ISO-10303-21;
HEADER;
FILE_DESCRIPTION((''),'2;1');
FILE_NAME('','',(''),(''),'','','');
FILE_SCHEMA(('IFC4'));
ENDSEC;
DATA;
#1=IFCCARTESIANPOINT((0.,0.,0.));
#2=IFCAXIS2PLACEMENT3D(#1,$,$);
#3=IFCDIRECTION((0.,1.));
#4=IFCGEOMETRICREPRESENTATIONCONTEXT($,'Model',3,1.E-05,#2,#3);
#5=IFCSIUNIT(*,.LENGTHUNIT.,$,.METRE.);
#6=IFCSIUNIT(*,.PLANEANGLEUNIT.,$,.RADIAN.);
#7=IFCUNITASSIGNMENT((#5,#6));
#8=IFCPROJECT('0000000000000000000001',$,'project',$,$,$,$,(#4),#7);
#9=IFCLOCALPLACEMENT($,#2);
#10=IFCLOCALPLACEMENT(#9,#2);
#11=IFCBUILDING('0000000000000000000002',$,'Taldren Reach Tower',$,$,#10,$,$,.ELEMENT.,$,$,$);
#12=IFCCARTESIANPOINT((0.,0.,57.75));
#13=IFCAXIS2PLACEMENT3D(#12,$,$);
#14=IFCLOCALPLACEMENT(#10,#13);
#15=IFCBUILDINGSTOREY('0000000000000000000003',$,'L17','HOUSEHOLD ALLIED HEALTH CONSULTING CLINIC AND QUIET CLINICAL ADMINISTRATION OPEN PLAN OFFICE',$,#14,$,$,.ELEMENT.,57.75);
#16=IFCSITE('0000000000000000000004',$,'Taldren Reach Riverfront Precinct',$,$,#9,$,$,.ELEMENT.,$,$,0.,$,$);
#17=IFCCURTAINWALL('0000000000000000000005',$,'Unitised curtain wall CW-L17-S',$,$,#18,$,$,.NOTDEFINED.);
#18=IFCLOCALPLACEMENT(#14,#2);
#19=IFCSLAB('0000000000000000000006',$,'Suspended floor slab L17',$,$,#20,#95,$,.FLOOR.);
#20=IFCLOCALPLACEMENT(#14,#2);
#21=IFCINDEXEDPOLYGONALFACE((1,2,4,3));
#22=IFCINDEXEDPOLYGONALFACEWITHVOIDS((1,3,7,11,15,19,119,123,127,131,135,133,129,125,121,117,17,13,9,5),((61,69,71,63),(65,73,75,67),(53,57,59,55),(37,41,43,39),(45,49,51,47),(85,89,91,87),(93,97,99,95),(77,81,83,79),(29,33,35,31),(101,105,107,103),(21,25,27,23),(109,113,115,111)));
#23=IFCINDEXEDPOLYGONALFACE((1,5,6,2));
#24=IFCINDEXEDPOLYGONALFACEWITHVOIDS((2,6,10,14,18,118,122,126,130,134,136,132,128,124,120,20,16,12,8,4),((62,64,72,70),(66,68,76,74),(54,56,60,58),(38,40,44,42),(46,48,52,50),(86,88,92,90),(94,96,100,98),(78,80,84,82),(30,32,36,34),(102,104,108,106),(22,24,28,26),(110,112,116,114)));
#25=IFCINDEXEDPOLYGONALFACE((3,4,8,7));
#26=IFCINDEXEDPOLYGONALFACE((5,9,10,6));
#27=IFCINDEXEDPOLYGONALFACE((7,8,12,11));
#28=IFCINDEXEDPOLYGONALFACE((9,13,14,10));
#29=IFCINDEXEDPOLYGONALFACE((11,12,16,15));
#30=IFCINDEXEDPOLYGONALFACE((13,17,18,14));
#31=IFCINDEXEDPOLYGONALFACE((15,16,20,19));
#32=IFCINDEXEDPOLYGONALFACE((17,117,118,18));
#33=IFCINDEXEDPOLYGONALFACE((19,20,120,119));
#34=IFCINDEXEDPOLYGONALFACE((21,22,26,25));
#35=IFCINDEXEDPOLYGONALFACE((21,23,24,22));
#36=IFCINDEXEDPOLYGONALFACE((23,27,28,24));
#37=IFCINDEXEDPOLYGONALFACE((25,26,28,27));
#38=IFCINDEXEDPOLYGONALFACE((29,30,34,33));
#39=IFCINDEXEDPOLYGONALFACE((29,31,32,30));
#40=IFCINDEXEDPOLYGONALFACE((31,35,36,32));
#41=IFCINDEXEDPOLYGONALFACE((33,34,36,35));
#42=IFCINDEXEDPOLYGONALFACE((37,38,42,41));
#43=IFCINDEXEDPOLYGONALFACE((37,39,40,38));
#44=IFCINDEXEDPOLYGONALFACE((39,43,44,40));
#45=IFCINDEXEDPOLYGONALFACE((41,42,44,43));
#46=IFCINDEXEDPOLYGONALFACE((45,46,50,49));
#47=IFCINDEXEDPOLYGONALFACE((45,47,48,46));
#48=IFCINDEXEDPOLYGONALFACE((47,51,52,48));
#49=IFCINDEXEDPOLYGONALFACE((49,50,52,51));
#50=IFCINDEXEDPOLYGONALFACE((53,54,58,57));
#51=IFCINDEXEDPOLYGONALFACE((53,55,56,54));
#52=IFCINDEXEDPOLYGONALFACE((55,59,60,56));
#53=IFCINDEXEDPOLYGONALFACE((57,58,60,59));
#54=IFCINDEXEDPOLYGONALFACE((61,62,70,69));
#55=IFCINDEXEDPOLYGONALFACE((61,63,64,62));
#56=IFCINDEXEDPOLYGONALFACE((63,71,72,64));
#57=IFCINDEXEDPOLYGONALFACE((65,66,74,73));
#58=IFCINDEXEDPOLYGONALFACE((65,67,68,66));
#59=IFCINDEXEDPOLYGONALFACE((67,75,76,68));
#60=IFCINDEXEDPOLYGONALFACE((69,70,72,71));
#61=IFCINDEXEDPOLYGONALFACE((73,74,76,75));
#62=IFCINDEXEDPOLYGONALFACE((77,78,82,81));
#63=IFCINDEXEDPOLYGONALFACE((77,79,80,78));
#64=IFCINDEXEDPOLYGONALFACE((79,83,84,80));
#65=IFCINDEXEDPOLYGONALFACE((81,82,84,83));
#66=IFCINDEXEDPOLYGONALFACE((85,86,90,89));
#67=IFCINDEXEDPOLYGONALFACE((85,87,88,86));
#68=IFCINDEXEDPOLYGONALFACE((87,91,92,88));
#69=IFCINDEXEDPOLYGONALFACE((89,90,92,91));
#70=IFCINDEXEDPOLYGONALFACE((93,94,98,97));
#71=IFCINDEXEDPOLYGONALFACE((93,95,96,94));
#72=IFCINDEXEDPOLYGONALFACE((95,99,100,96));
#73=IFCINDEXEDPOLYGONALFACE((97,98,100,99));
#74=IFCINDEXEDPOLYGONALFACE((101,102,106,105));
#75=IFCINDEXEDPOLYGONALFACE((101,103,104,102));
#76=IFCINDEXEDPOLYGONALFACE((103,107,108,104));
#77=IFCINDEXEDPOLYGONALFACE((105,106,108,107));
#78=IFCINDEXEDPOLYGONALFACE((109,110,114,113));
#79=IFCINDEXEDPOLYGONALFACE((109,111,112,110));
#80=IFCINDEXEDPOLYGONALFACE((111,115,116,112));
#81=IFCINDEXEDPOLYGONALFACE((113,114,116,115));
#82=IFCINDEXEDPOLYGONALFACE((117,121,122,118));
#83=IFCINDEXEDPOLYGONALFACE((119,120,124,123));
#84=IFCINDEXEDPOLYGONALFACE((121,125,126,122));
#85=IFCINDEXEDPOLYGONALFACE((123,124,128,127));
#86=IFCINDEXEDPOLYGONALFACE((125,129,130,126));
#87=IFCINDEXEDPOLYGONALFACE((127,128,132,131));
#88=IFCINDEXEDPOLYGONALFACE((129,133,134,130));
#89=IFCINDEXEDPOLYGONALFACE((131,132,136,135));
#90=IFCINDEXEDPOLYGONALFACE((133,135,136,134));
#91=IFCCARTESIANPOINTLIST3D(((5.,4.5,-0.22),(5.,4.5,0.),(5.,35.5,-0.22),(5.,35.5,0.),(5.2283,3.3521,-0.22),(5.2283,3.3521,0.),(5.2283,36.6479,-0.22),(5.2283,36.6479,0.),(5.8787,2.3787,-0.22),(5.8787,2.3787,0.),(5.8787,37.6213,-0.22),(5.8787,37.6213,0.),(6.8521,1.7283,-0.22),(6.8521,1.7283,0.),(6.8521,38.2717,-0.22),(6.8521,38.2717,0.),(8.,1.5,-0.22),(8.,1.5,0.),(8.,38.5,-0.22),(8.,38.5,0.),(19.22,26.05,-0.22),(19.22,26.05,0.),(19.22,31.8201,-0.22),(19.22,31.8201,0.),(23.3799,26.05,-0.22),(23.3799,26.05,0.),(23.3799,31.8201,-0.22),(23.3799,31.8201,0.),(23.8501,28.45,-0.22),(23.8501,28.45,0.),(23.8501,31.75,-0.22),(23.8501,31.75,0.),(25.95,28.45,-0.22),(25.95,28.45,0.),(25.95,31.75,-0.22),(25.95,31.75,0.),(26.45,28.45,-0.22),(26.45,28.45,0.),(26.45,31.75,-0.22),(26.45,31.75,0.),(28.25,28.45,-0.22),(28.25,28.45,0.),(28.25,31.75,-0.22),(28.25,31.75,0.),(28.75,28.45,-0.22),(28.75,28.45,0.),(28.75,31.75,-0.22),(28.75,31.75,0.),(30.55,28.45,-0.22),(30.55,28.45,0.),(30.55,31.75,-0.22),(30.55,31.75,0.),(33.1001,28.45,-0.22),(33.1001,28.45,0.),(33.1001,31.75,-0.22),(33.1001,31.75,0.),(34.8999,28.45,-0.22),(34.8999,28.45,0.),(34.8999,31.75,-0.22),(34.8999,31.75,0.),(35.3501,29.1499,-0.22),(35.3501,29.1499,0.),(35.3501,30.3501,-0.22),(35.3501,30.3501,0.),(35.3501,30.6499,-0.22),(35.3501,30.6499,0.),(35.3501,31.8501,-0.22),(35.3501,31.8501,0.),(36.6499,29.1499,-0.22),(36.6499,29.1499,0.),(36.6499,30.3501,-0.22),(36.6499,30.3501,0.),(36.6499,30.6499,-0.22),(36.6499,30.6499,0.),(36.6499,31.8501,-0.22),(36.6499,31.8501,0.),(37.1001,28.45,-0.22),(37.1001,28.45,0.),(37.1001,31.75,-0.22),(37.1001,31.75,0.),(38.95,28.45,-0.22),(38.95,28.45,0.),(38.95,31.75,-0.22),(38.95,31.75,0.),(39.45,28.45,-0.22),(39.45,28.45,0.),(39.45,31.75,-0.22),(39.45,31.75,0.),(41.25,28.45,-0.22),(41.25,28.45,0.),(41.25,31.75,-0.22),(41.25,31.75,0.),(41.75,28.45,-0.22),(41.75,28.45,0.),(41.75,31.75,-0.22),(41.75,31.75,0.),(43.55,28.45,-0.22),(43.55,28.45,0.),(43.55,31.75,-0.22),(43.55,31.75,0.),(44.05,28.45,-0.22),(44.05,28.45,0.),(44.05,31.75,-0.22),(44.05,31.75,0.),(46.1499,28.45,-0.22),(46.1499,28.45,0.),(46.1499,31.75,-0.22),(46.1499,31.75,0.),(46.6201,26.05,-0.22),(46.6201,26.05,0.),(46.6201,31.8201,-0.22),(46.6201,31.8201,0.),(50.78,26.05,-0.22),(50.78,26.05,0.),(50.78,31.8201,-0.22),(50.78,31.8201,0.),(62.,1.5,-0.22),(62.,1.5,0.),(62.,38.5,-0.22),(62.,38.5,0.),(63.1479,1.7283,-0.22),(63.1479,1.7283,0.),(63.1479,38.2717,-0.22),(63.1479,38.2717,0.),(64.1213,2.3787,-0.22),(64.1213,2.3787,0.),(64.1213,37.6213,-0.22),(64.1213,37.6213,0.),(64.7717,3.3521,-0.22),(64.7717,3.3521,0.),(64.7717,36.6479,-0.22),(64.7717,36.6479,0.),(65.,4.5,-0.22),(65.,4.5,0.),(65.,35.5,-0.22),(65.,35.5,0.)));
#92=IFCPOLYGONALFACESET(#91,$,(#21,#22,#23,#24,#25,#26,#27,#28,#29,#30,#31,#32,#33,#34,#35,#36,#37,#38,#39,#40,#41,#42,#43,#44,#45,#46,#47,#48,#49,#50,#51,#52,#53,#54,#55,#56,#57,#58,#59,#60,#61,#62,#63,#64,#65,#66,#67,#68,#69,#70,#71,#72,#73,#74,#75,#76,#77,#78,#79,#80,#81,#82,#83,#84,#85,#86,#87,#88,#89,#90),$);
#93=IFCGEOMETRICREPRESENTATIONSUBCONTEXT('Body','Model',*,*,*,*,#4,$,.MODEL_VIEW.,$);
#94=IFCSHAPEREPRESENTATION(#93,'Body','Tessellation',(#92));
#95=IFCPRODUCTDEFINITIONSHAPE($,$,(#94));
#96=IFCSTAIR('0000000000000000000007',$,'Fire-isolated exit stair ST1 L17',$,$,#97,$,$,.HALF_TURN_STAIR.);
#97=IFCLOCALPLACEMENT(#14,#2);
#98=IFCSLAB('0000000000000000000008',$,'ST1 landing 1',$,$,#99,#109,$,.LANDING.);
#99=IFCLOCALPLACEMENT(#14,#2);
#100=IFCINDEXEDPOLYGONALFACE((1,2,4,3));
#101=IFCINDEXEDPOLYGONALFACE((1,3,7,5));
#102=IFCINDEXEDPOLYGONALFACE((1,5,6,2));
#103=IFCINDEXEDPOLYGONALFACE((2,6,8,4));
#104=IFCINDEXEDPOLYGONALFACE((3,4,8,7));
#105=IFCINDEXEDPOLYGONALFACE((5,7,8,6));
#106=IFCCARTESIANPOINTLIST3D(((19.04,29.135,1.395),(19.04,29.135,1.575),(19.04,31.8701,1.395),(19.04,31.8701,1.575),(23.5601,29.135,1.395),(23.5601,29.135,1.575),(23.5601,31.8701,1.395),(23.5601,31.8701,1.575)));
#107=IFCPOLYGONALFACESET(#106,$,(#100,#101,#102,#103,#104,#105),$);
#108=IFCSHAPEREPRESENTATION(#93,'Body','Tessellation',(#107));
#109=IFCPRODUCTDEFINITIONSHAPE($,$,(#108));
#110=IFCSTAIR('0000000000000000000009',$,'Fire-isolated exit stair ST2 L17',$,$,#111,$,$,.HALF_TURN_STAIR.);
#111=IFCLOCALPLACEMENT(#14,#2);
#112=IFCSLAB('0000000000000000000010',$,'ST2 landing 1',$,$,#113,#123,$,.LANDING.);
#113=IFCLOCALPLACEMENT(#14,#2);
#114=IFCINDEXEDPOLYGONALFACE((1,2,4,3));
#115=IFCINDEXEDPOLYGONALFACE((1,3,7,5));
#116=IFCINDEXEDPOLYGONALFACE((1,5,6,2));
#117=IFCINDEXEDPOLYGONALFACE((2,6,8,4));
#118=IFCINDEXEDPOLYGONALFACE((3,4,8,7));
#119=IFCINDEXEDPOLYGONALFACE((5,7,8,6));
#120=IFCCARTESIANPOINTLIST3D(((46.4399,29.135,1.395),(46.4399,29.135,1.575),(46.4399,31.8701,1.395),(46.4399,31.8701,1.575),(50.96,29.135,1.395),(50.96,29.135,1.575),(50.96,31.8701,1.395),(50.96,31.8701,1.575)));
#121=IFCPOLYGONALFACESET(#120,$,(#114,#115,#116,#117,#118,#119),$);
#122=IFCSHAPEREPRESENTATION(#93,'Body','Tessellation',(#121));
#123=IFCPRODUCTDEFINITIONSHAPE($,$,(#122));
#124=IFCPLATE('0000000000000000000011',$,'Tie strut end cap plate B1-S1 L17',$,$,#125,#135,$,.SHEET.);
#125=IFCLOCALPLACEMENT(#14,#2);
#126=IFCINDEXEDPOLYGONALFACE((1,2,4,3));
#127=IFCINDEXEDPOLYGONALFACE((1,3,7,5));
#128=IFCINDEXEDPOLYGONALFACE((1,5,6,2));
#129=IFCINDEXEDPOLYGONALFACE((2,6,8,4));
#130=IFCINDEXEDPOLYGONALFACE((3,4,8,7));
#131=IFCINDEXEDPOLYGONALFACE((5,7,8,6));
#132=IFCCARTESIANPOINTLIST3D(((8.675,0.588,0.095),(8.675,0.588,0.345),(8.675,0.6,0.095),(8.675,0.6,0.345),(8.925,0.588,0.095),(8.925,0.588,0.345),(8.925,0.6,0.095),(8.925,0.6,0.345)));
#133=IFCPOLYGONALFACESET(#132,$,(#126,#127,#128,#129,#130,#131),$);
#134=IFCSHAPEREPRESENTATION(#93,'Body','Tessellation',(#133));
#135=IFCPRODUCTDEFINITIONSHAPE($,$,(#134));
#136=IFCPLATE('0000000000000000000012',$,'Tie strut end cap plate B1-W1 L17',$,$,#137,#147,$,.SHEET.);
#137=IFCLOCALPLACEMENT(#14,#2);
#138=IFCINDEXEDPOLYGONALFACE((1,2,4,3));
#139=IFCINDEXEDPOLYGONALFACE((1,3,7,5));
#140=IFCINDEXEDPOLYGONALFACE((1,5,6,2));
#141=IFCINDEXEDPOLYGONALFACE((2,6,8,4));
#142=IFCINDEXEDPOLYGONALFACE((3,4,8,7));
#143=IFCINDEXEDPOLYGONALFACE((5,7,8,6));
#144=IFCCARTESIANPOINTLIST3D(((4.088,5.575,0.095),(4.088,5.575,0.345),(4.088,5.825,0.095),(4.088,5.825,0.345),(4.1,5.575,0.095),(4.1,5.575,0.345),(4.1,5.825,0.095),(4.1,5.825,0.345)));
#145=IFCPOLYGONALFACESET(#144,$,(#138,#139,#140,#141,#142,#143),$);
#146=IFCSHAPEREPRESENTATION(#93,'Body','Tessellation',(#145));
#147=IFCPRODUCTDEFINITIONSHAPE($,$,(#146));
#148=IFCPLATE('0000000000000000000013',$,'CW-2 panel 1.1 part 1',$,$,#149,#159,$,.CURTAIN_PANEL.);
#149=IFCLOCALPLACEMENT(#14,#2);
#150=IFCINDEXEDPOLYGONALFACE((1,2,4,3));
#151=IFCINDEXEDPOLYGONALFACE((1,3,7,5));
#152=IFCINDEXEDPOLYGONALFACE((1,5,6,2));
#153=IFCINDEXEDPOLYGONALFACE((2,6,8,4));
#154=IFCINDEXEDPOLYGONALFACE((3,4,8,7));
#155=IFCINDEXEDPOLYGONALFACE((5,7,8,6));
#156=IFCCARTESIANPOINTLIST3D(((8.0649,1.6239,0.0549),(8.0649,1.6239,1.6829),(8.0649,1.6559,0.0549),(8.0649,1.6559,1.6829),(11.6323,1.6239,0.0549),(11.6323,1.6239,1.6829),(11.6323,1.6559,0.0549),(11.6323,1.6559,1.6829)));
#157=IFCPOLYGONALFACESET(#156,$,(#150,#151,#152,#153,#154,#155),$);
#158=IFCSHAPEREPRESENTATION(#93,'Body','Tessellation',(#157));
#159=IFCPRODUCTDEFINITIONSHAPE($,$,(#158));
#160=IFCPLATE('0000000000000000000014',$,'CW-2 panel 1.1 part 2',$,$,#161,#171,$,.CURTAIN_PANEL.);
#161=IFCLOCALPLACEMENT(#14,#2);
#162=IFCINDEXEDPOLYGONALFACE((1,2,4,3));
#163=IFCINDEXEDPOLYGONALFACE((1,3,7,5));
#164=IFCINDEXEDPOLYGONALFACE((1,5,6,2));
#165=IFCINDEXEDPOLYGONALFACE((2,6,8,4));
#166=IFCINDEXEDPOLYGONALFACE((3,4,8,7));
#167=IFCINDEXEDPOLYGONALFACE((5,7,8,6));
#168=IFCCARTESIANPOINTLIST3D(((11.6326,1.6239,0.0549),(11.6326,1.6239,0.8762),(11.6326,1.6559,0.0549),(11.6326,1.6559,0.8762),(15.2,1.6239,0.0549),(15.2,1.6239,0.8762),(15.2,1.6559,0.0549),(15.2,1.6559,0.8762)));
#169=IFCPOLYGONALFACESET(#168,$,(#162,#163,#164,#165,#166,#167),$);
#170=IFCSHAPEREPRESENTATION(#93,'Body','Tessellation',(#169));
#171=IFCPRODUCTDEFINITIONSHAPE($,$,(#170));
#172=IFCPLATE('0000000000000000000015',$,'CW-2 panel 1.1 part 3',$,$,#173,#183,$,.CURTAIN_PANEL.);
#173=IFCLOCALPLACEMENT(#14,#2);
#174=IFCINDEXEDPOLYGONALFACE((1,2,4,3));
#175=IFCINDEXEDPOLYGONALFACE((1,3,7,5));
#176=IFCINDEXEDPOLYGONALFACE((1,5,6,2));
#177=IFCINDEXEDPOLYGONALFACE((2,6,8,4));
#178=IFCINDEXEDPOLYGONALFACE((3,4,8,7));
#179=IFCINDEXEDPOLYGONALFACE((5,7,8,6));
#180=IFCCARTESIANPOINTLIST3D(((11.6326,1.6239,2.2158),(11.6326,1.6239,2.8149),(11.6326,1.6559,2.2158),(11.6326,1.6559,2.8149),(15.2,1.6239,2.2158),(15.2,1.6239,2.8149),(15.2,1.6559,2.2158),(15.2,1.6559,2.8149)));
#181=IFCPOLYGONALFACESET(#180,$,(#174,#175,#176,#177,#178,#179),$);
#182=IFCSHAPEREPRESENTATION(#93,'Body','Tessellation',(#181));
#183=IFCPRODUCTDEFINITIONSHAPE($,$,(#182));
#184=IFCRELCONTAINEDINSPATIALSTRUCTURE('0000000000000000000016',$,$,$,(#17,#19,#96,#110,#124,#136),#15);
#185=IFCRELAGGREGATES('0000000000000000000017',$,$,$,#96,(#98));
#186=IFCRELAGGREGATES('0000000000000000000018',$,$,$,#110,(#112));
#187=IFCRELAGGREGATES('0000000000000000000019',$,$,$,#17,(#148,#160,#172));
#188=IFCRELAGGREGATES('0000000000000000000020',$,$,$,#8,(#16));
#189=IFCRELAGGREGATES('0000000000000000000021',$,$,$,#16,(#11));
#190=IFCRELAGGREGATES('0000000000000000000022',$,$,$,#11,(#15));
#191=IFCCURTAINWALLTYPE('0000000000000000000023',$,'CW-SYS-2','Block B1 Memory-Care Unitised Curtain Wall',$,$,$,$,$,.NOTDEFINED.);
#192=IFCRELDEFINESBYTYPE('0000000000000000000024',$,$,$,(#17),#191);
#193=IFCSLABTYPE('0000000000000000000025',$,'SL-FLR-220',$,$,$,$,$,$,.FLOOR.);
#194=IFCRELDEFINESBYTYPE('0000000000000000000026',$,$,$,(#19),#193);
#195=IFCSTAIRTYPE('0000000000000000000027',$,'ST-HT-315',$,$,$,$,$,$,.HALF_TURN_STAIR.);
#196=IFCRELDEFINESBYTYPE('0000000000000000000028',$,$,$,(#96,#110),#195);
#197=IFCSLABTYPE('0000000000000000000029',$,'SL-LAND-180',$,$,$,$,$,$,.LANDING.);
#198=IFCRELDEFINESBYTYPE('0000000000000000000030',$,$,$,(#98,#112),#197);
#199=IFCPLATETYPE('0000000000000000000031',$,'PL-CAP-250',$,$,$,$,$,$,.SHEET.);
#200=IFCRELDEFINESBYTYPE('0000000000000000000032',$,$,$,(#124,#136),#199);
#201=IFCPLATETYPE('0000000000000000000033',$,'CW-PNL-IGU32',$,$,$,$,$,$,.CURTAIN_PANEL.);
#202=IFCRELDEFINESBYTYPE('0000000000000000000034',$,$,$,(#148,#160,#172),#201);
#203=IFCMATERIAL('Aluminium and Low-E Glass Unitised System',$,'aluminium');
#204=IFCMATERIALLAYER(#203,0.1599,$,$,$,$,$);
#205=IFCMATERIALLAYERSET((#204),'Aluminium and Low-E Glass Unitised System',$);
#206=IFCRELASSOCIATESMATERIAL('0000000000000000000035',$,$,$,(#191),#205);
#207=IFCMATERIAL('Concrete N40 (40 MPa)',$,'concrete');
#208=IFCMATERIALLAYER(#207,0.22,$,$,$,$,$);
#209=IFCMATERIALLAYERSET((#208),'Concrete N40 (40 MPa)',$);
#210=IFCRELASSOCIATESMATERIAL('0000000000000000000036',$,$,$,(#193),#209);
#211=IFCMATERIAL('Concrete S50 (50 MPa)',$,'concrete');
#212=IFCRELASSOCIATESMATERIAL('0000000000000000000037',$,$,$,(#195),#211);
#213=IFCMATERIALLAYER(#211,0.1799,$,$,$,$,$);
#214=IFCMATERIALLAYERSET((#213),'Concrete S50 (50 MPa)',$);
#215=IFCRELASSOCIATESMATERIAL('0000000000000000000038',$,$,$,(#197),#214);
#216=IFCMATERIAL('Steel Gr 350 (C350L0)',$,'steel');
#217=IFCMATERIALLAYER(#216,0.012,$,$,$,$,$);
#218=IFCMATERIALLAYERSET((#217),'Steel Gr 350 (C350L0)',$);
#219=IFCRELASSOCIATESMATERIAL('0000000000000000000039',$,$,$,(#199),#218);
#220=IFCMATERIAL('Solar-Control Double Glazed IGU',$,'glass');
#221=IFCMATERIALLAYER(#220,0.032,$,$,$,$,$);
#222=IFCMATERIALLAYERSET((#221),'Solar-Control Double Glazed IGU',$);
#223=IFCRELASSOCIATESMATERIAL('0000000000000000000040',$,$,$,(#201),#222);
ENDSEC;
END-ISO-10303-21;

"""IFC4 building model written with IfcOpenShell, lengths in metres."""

from ifc_helpers import new_model, si_unit, direction, frame, origin, origin_2d, place, context, subcontext, project, spatial, polyline, rectangle, outline, extrude, source, transform, mapped, material, layer, layer_set, type_object, element, aggregate, save


model = new_model("IFC4")

# Units and contexts
model_context = context("Model", 3, precision=1e-05, world=origin(), true_north=direction((0.0, 1.0)))
body_context = subcontext(model_context, "Body", "Model", "MODEL_VIEW")
ifc_project = project(units=[si_unit("LENGTHUNIT", "METRE"), si_unit("PLANEANGLEUNIT", "RADIAN")], contexts=[model_context])

# Site, building, storey
site_placement = place(None, origin())
site = spatial("IfcSite", under=ifc_project, at=site_placement, Name="Taldren Reach Riverfront Precinct", CompositionType="ELEMENT", RefElevation=0.0)
building_placement = place(site_placement, origin())
building = spatial("IfcBuilding", under=site, at=building_placement, Name="Taldren Reach Tower", CompositionType="ELEMENT")
storey_placement = place(building_placement, frame((0.0, 0.0, 57.75)))
storey = spatial("IfcBuildingStorey", under=building, at=storey_placement, Name="L17", Description="HOUSEHOLD ALLIED HEALTH CONSULTING CLINIC AND QUIET CLINICAL ADMINISTRATION OPEN PLAN OFFICE", CompositionType="ELEMENT", Elevation=57.75)

# Shared definitions
ifc_material_1 = material(Name="Steel Gr 350 (C350L0)", Category="steel")

# Curtain wall
ifc_material_2 = material(Name="Aluminium and Low-E Glass Unitised System", Category="aluminium")
ifc_layer_1 = layer(ifc_material_2, 0.1599)
ifc_layer_set_1 = layer_set([ifc_layer_1], Name="Aluminium and Low-E Glass Unitised System")
curtain_wall_type = type_object("IfcCurtainWallType", Name="CW-SYS-2", Description="Block B1 Memory-Care Unitised Curtain Wall", PredefinedType="NOTDEFINED", material=ifc_layer_set_1)
curtain_wall_1_placement = place(storey_placement, origin())
curtain_wall_1 = element("IfcCurtainWall", 1, at=curtain_wall_1_placement, inside=storey, type_object=curtain_wall_type, Name="Unitised curtain wall CW-L17-S", PredefinedType="NOTDEFINED")

# Slab
ifc_material_3 = material(Name="Concrete N40 (40 MPa)", Category="concrete")
ifc_layer_2 = layer(ifc_material_3, 0.22)
ifc_layer_set_2 = layer_set([ifc_layer_2], Name="Concrete N40 (40 MPa)")
slab_type_1 = type_object("IfcSlabType", Name="SL-FLR-220", PredefinedType="FLOOR", material=ifc_layer_set_2)
slab_1_placement = place(storey_placement, frame((0.0, 0.0, -0.22)))
element("IfcSlab", 2, at=slab_1_placement, inside=storey, type_object=slab_type_1, Name="Suspended floor slab L17", PredefinedType="FLOOR", context=body_context, shape_type="SweptSolid", body=[
    extrude(outline(polyline([(62.0, 1.5), (63.1479, 1.7283), (64.1213, 2.3787), (64.7717, 3.3521), (65.0, 4.5), (65.0, 35.5), (64.7717, 36.6479), (64.1213, 37.6213), (63.1479, 38.2717), (62.0, 38.5), (8.0, 38.5), (6.8521, 38.2717), (5.8787, 37.6213), (5.2283, 36.6479), (5.0, 35.5), (5.0, 4.5), (5.2283, 3.3521), (5.8787, 2.3787), (6.8521, 1.7283), (8.0, 1.5), (62.0, 1.5)]), holes=[polyline([(19.22, 26.05), (23.3799, 26.05), (23.3799, 31.8201), (19.22, 31.8201), (19.22, 26.05)]), polyline([(46.6201, 26.05), (50.78, 26.05), (50.78, 31.8201), (46.6201, 31.8201), (46.6201, 26.05)]), polyline([(23.8501, 28.45), (25.95, 28.45), (25.95, 31.75), (23.8501, 31.75), (23.8501, 28.45)]), polyline([(44.05, 28.45), (46.1499, 28.45), (46.1499, 31.75), (44.05, 31.75), (44.05, 28.45)]), polyline([(26.45, 28.45), (28.25, 28.45), (28.25, 31.75), (26.45, 31.75), (26.45, 28.45)]), polyline([(28.75, 28.45), (30.55, 28.45), (30.55, 31.75), (28.75, 31.75), (28.75, 28.45)]), polyline([(33.1001, 28.45), (34.8999, 28.45), (34.8999, 31.75), (33.1001, 31.75), (33.1001, 28.45)]), polyline([(37.1001, 28.45), (38.95, 28.45), (38.95, 31.75), (37.1001, 31.75), (37.1001, 28.45)]), polyline([(39.45, 28.45), (41.25, 28.45), (41.25, 31.75), (39.45, 31.75), (39.45, 28.45)]), polyline([(41.75, 28.45), (43.55, 28.45), (43.55, 31.75), (41.75, 31.75), (41.75, 28.45)]), polyline([(35.3501, 30.6499), (36.6499, 30.6499), (36.6499, 31.8501), (35.3501, 31.8501), (35.3501, 30.6499)]), polyline([(35.3501, 29.1499), (36.6499, 29.1499), (36.6499, 30.3501), (35.3501, 30.3501), (35.3501, 29.1499)])]), origin(), (0.0, 0.0, 1.0), 0.22),
])

# Stairs, slabs
ifc_material_4 = material(Name="Concrete S50 (50 MPa)", Category="concrete")
stair_type = type_object("IfcStairType", Name="ST-HT-315", PredefinedType="HALF_TURN_STAIR", material=ifc_material_4)
stair_1_placement = place(storey_placement, origin())
stair_1 = element("IfcStair", 3, at=stair_1_placement, inside=storey, type_object=stair_type, Name="Fire-isolated exit stair ST1 L17", PredefinedType="HALF_TURN_STAIR")
ifc_layer_3 = layer(ifc_material_4, 0.1799)
ifc_layer_set_3 = layer_set([ifc_layer_3], Name="Concrete S50 (50 MPa)")
slab_type_2 = type_object("IfcSlabType", Name="SL-LAND-180", PredefinedType="LANDING", material=ifc_layer_set_3)
slab_2_placement = place(storey_placement, frame((0.0, 0.0, 1.395)))
slab_2 = element("IfcSlab", 4, at=slab_2_placement, type_object=slab_type_2, Name="ST1 landing 1", PredefinedType="LANDING", context=body_context, shape_type="SweptSolid", body=[
    extrude(outline(polyline([(19.04, 29.135), (23.5601, 29.135), (23.5601, 31.8701), (19.04, 31.8701), (19.04, 29.135)])), origin(), (0.0, 0.0, 1.0), 0.1799),
])
aggregate(stair_1, [slab_2])
stair_2_placement = place(storey_placement, origin())
stair_2 = element("IfcStair", 5, at=stair_2_placement, inside=storey, type_object=stair_type, Name="Fire-isolated exit stair ST2 L17", PredefinedType="HALF_TURN_STAIR")
slab_3_placement = place(storey_placement, frame((0.0, 0.0, 1.395)))
slab_3 = element("IfcSlab", 6, at=slab_3_placement, type_object=slab_type_2, Name="ST2 landing 1", PredefinedType="LANDING", context=body_context, shape_type="SweptSolid", body=[
    extrude(outline(polyline([(46.4399, 29.135), (50.96, 29.135), (50.96, 31.8701), (46.4399, 31.8701), (46.4399, 29.135)])), origin(), (0.0, 0.0, 1.0), 0.1799),
])
aggregate(stair_2, [slab_3])

# Plates
ifc_layer_4 = layer(ifc_material_1, 0.012)
ifc_layer_set_4 = layer_set([ifc_layer_4], Name="Steel Gr 350 (C350L0)")
plate_type_1 = type_object("IfcPlateType", Name="PL-CAP-250", PredefinedType="SHEET", material=ifc_layer_set_4)
shared_shape_1 = source(origin(), body_context, "Body", "SweptSolid", [
    extrude(rectangle(XDim=0.25, YDim=0.012, at=origin_2d()), origin(), (0.0, 0.0, 1.0), 0.25),
])
plate_1_placement = place(storey_placement, frame((8.8, 0.594, 0.095), z_axis=(0.0, 0.0, 1.0), x_axis=(1.0, 0.0, 0.0)))
element("IfcPlate", 7, at=plate_1_placement, inside=storey, type_object=plate_type_1, Name="Tie strut end cap plate B1-S1 L17", PredefinedType="SHEET", context=body_context, shape_type="MappedRepresentation", body=[
    mapped(shared_shape_1, transform((0.0, 0.0, 0.0), scale=1.0)),
])
shared_shape_2 = source(origin(), body_context, "Body", "SweptSolid", [
    extrude(rectangle(XDim=0.012, YDim=0.25, at=origin_2d()), origin(), (0.0, 0.0, 1.0), 0.25),
])
plate_2_placement = place(storey_placement, frame((4.094, 5.7, 0.095), z_axis=(0.0, 0.0, 1.0), x_axis=(1.0, 0.0, 0.0)))
element("IfcPlate", 8, at=plate_2_placement, inside=storey, type_object=plate_type_1, Name="Tie strut end cap plate B1-W1 L17", PredefinedType="SHEET", context=body_context, shape_type="MappedRepresentation", body=[
    mapped(shared_shape_2, transform((0.0, 0.0, 0.0), scale=1.0)),
])

# Plates
ifc_material_5 = material(Name="Solar-Control Double Glazed IGU", Category="glass")
ifc_layer_5 = layer(ifc_material_5, 0.032)
ifc_layer_set_5 = layer_set([ifc_layer_5], Name="Solar-Control Double Glazed IGU")
plate_type_2 = type_object("IfcPlateType", Name="CW-PNL-IGU32", PredefinedType="CURTAIN_PANEL", material=ifc_layer_set_5)
shared_shape_3 = source(origin(), body_context, "Body", "SweptSolid", [
    extrude(rectangle(XDim=3.5674, YDim=0.032, at=origin_2d()), origin(), (0.0, 0.0, 1.0), 1.6279),
])
plate_3_placement = place(storey_placement, frame((9.8486, 1.6399, 0.0549), z_axis=(0.0, 0.0, 1.0), x_axis=(1.0, 0.0, 0.0)))
plate_3 = element("IfcPlate", 9, at=plate_3_placement, type_object=plate_type_2, Name="CW-2 panel 1.1 part 1", PredefinedType="CURTAIN_PANEL", context=body_context, shape_type="MappedRepresentation", body=[
    mapped(shared_shape_3, transform((0.0, 0.0, 0.0), scale=1.0)),
])
shared_shape_4 = source(origin(), body_context, "Body", "SweptSolid", [
    extrude(rectangle(XDim=3.5674, YDim=0.032, at=origin_2d()), origin(), (0.0, 0.0, 1.0), 0.8213),
])
plate_4_placement = place(storey_placement, frame((13.4163, 1.6399, 0.0549), z_axis=(0.0, 0.0, 1.0), x_axis=(1.0, 0.0, 0.0)))
plate_4 = element("IfcPlate", 10, at=plate_4_placement, type_object=plate_type_2, Name="CW-2 panel 1.1 part 2", PredefinedType="CURTAIN_PANEL", context=body_context, shape_type="MappedRepresentation", body=[
    mapped(shared_shape_4, transform((0.0, 0.0, 0.0), scale=1.0)),
])
shared_shape_5 = source(origin(), body_context, "Body", "SweptSolid", [
    extrude(rectangle(XDim=3.5674, YDim=0.032, at=origin_2d()), origin(), (0.0, 0.0, 1.0), 0.5991),
])
plate_5_placement = place(storey_placement, frame((13.4163, 1.6399, 2.2158), z_axis=(0.0, 0.0, 1.0), x_axis=(1.0, 0.0, 0.0)))
plate_5 = element("IfcPlate", 11, at=plate_5_placement, type_object=plate_type_2, Name="CW-2 panel 1.1 part 3", PredefinedType="CURTAIN_PANEL", context=body_context, shape_type="MappedRepresentation", body=[
    mapped(shared_shape_5, transform((0.0, 0.0, 0.0), scale=1.0)),
])
aggregate(curtain_wall_1, [plate_3, plate_4, plate_5])

save(model, "model.ifc")
